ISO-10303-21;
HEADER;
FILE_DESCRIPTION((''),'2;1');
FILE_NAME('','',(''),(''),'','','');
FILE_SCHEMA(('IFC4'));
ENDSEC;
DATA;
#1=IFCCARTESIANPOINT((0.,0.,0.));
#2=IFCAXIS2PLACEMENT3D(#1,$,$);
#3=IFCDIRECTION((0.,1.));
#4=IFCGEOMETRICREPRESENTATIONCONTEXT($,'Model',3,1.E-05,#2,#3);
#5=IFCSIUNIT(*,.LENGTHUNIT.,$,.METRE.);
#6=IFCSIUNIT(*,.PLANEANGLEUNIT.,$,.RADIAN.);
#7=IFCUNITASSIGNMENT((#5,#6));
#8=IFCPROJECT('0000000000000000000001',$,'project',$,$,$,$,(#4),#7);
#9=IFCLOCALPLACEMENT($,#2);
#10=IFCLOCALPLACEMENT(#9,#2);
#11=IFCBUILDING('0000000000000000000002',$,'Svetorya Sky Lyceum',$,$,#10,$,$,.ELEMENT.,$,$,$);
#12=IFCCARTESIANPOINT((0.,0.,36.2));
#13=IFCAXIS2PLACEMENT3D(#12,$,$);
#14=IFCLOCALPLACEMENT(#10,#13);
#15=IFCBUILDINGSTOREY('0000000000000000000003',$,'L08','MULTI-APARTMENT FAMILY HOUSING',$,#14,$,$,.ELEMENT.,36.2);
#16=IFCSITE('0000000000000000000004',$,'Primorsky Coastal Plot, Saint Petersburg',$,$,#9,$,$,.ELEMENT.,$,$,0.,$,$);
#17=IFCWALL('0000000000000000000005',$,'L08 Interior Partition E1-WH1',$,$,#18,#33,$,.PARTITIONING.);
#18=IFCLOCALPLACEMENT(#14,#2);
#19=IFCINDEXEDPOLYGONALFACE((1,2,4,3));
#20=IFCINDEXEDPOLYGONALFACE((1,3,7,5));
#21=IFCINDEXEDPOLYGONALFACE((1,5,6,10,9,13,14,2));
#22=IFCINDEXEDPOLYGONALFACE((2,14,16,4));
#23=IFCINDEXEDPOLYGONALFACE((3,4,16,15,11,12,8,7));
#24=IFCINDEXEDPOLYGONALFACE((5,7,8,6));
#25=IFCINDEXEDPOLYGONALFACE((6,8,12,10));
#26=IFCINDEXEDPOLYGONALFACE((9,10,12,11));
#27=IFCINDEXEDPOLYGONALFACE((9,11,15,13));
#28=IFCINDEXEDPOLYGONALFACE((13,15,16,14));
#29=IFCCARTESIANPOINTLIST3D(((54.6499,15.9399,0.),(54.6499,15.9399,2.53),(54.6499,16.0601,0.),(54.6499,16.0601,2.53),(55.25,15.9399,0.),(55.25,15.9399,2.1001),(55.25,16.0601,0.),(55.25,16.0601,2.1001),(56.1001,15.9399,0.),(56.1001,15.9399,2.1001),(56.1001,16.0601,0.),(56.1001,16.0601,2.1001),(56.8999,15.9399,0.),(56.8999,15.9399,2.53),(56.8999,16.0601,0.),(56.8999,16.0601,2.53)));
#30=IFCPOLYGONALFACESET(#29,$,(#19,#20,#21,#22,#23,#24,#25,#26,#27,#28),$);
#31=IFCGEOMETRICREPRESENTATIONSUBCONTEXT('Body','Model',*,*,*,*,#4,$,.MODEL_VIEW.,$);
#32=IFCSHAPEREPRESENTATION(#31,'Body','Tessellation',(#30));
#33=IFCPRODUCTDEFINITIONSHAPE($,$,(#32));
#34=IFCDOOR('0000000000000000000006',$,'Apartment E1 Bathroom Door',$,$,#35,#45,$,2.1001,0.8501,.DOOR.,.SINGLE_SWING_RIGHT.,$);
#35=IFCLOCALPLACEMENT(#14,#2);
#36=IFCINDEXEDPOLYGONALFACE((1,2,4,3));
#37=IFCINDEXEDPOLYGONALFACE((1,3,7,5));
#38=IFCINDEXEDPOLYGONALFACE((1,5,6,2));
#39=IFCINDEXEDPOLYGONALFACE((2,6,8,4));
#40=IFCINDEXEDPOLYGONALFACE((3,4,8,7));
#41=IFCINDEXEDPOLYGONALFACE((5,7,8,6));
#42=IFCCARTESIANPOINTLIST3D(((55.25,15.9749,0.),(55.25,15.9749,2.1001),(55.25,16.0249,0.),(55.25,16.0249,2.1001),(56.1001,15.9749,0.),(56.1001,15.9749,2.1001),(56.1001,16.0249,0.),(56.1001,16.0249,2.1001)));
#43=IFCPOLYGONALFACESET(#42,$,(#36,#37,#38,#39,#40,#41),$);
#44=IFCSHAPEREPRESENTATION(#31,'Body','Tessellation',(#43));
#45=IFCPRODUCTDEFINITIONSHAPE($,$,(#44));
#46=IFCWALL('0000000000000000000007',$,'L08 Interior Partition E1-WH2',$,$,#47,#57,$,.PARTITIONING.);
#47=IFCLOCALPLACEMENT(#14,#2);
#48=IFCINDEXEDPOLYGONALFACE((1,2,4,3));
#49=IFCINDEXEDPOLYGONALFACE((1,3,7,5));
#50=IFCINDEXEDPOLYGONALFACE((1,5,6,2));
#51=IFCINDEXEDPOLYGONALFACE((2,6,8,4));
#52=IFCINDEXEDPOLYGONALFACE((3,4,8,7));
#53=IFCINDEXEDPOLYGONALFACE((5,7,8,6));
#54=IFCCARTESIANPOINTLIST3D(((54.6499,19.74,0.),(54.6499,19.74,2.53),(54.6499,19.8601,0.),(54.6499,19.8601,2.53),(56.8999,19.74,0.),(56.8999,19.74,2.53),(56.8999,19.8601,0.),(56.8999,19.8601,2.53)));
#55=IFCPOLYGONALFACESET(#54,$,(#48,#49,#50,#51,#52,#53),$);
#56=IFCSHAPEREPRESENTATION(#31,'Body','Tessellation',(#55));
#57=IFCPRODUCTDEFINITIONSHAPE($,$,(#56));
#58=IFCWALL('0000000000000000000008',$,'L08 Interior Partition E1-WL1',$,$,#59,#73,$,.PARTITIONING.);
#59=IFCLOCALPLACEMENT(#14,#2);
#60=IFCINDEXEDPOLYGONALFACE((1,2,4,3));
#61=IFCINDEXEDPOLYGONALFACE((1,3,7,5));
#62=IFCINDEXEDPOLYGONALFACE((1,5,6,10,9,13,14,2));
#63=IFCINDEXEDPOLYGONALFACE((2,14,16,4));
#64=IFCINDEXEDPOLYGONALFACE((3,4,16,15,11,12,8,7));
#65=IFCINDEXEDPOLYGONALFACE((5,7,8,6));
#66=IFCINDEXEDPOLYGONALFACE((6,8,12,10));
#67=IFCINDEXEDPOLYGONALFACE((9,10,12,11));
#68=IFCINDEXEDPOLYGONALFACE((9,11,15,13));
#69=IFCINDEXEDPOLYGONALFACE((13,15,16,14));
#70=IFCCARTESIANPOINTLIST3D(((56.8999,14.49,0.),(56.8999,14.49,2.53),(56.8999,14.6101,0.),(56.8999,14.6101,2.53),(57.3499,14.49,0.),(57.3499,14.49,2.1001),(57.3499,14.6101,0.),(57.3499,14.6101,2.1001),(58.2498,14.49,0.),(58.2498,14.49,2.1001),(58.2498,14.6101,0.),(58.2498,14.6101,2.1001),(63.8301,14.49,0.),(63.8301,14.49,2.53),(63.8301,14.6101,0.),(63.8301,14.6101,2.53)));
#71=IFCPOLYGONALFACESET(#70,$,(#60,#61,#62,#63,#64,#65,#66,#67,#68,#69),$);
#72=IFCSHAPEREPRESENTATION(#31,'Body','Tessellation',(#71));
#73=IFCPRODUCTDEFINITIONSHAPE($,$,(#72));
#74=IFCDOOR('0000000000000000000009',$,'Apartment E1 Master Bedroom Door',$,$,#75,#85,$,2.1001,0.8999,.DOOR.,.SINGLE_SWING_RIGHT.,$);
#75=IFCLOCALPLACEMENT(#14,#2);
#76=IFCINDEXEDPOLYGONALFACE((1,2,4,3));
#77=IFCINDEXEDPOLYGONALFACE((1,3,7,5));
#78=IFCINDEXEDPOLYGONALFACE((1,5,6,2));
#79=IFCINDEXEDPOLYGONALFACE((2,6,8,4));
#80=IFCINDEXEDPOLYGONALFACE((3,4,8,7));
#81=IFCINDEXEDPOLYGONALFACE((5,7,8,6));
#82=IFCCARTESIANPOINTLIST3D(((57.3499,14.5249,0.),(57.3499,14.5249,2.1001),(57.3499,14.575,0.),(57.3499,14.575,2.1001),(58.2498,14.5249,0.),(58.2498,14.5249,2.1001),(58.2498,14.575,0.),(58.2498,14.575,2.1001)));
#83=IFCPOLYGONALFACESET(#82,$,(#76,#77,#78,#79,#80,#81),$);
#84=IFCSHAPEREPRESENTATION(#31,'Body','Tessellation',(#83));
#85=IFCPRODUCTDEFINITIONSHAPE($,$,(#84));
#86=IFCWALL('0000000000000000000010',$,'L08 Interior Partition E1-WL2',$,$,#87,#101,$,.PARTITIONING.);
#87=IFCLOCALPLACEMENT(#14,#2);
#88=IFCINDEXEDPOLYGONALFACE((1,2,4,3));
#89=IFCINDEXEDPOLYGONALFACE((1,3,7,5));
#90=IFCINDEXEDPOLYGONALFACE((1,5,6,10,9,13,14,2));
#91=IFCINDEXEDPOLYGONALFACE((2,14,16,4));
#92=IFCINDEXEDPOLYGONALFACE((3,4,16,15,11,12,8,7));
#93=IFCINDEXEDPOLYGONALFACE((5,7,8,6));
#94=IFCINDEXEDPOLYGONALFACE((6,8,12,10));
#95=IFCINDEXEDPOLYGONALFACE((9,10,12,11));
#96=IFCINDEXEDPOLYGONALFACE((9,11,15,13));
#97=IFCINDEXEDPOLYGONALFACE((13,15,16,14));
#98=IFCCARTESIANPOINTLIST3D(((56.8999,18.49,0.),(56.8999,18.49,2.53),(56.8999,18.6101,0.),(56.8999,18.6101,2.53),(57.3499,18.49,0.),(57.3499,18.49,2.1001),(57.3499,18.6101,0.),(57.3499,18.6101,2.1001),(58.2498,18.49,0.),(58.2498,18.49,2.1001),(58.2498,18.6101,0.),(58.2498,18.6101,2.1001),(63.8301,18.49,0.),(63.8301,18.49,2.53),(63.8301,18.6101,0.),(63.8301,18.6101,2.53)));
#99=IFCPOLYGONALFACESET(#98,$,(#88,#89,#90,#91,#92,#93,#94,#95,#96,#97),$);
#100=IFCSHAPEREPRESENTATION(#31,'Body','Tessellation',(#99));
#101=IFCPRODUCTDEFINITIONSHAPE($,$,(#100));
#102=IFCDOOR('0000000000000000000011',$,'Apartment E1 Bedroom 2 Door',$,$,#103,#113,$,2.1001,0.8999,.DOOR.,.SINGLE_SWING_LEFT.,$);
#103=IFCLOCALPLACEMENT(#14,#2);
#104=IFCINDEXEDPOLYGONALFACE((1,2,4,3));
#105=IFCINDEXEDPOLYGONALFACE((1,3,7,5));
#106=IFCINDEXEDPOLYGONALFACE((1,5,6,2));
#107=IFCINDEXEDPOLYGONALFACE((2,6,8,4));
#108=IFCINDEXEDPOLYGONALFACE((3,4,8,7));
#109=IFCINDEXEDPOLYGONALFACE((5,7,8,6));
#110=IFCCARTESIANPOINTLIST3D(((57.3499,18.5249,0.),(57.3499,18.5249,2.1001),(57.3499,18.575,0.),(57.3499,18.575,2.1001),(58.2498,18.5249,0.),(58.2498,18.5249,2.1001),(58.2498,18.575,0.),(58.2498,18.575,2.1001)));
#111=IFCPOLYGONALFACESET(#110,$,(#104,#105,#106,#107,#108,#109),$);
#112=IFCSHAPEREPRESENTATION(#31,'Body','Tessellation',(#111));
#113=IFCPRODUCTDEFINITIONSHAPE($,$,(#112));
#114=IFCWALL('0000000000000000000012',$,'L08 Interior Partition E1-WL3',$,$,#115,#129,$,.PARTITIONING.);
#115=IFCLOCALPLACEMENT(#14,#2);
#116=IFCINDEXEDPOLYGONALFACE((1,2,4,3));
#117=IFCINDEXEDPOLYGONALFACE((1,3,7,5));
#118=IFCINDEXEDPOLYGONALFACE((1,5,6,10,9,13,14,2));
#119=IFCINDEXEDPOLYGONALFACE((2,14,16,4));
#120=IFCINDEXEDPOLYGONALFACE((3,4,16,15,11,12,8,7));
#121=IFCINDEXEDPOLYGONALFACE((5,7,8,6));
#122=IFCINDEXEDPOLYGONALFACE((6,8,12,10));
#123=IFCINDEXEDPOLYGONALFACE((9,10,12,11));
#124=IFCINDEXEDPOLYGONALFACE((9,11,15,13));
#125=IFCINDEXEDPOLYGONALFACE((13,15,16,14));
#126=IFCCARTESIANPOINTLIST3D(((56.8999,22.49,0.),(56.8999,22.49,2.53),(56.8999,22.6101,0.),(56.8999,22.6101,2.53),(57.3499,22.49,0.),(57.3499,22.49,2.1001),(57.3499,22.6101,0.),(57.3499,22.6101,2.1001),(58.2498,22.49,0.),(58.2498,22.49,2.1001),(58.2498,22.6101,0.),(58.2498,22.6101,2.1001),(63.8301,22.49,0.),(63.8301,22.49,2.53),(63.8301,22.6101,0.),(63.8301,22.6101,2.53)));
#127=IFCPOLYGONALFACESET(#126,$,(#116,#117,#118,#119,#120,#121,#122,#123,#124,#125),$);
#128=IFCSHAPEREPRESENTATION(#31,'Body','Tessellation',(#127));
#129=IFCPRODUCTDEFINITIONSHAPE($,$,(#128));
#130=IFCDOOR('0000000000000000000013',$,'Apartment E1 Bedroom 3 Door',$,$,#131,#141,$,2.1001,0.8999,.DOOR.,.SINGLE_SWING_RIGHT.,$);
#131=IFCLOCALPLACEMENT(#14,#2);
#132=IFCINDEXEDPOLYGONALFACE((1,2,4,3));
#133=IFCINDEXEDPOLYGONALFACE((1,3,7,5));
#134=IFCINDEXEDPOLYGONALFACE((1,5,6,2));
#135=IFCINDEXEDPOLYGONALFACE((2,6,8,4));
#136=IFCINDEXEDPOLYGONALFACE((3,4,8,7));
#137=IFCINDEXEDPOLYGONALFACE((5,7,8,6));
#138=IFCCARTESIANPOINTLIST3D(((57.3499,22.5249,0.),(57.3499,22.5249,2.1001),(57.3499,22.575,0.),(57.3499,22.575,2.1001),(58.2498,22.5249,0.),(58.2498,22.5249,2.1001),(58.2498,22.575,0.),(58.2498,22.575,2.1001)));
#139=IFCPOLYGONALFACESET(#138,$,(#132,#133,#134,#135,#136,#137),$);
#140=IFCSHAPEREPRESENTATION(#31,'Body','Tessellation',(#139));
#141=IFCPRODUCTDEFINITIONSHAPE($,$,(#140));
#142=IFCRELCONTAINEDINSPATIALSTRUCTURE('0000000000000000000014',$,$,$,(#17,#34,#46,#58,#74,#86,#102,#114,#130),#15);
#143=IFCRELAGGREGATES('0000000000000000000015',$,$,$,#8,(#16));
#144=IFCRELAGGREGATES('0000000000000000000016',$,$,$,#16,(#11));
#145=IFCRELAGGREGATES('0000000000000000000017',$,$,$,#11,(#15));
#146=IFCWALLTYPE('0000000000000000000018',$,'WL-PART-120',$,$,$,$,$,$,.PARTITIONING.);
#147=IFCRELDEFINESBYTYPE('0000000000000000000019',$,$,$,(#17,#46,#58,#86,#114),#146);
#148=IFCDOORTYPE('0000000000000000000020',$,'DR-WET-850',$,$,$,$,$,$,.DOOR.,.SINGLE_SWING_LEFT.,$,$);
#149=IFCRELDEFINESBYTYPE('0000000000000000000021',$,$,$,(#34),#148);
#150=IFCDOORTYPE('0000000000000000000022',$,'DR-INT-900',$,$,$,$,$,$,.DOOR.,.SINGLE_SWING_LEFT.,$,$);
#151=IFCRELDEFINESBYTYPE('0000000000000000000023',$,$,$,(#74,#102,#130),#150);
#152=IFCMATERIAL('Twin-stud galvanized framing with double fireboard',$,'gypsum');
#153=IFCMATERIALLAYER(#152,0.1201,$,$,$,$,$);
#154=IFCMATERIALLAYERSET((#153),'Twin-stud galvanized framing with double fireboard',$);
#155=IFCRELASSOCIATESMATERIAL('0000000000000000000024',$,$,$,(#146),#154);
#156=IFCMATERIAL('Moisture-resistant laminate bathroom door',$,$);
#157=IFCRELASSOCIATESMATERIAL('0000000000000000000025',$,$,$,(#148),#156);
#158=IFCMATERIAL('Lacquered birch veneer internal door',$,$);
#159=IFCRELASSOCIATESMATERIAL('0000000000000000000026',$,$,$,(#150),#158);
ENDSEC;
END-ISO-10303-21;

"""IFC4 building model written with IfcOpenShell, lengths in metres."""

from ifc_helpers import new_model, si_unit, direction, frame, frame_2d, origin, place, context, subcontext, project, spatial, rectangle, extrude, material, layer, layer_set, type_object, element, fill, save


model = new_model("IFC4")

# Units and contexts
model_context = context("Model", 3, precision=1e-05, world=origin(), true_north=direction((0.0, 1.0)))
body_context = subcontext(model_context, "Body", "Model", "MODEL_VIEW")
ifc_project = project(units=[si_unit("LENGTHUNIT", "METRE"), si_unit("PLANEANGLEUNIT", "RADIAN")], contexts=[model_context])

# Site, building, storey
site_placement = place(None, origin())
site = spatial("IfcSite", under=ifc_project, at=site_placement, Name="Primorsky Coastal Plot, Saint Petersburg", CompositionType="ELEMENT", RefElevation=0.0)
building_placement = place(site_placement, origin())
building = spatial("IfcBuilding", under=site, at=building_placement, Name="Svetorya Sky Lyceum", CompositionType="ELEMENT")
storey_placement = place(building_placement, frame((0.0, 0.0, 36.2)))
storey = spatial("IfcBuildingStorey", under=building, at=storey_placement, Name="L08", Description="MULTI-APARTMENT FAMILY HOUSING", CompositionType="ELEMENT", Elevation=36.2)

# Wall, opening, door
ifc_material_1 = material(Name="Twin-stud galvanized framing with double fireboard", Category="gypsum")
ifc_layer_1 = layer(ifc_material_1, 0.1201)
ifc_layer_set_1 = layer_set([ifc_layer_1], Name="Twin-stud galvanized framing with double fireboard")
wall_type_1 = type_object("IfcWallType", Name="WL-PART-120", PredefinedType="PARTITIONING", material=ifc_layer_set_1)
wall_1_placement = place(storey_placement, frame((54.6499, 16.0, 0.0), z_axis=(0.0, 0.0, 1.0), x_axis=(1.0, 0.0, 0.0)))
wall_1 = element("IfcWall", 1, at=wall_1_placement, inside=storey, type_object=wall_type_1, Name="L08 Interior Partition E1-WH1", PredefinedType="PARTITIONING", context=body_context, shape_type="SweptSolid", body=[
    extrude(rectangle(XDim=2.25, YDim=0.1201, at=frame_2d((1.125, 0.0))), origin(), (0.0, 0.0, 1.0), 2.53),
])
opening_1_placement = place(wall_1_placement, frame((0.6001, 0.0, 0.0)))
opening_1 = element("IfcOpeningElement", 2, at=opening_1_placement, cuts=wall_1, PredefinedType="OPENING", context=body_context, shape_type="SweptSolid", body=[
    extrude(rectangle(XDim=0.8501, YDim=2.1001, at=frame_2d((0.425, 1.05))), frame((0.0, 0.0701, 0.0), z_axis=(0.0, -1.0, 0.0), x_axis=(1.0, 0.0, 0.0)), (0.0, 0.0, 1.0), 0.1401),
])
ifc_material_2 = material(Name="Moisture-resistant laminate bathroom door")
door_type_1 = type_object("IfcDoorType", Name="DR-WET-850", OperationType="SINGLE_SWING_LEFT", PredefinedType="DOOR", material=ifc_material_2)
door_1_placement = place(opening_1_placement, origin())
door_1 = element("IfcDoor", 3, at=door_1_placement, inside=storey, type_object=door_type_1, Name="Apartment E1 Bathroom Door", OperationType="SINGLE_SWING_RIGHT", OverallHeight=2.1001, OverallWidth=0.8501, PredefinedType="DOOR", context=body_context, shape_type="SweptSolid", body=[
    extrude(rectangle(XDim=0.8501, YDim=2.1001, at=frame_2d((0.425, 1.05))), frame((0.0, 0.0249, 0.0), z_axis=(0.0, -1.0, 0.0), x_axis=(1.0, 0.0, 0.0)), (0.0, 0.0, 1.0), 0.05),
])
fill(opening_1, door_1)

# Wall
wall_2_placement = place(storey_placement, frame((54.6499, 19.8, 0.0), z_axis=(0.0, 0.0, 1.0), x_axis=(1.0, 0.0, 0.0)))
element("IfcWall", 4, at=wall_2_placement, inside=storey, type_object=wall_type_1, Name="L08 Interior Partition E1-WH2", PredefinedType="PARTITIONING", context=body_context, shape_type="SweptSolid", body=[
    extrude(rectangle(XDim=2.25, YDim=0.1201, at=frame_2d((1.125, 0.0))), origin(), (0.0, 0.0, 1.0), 2.53),
])

# Walls, openings, doors
wall_3_placement = place(storey_placement, frame((56.8999, 14.55, 0.0), z_axis=(0.0, 0.0, 1.0), x_axis=(1.0, 0.0, 0.0)))
wall_3 = element("IfcWall", 5, at=wall_3_placement, inside=storey, type_object=wall_type_1, Name="L08 Interior Partition E1-WL1", PredefinedType="PARTITIONING", context=body_context, shape_type="SweptSolid", body=[
    extrude(rectangle(XDim=6.9302, YDim=0.1201, at=frame_2d((3.4651, 0.0))), origin(), (0.0, 0.0, 1.0), 2.53),
])
opening_2_placement = place(wall_3_placement, frame((0.45, 0.0, 0.0)))
opening_2 = element("IfcOpeningElement", 6, at=opening_2_placement, cuts=wall_3, PredefinedType="OPENING", context=body_context, shape_type="SweptSolid", body=[
    extrude(rectangle(XDim=0.8999, YDim=2.1001, at=frame_2d((0.45, 1.05))), frame((0.0, 0.0701, 0.0), z_axis=(0.0, -1.0, 0.0), x_axis=(1.0, 0.0, 0.0)), (0.0, 0.0, 1.0), 0.1401),
])
ifc_material_3 = material(Name="Lacquered birch veneer internal door")
door_type_2 = type_object("IfcDoorType", Name="DR-INT-900", OperationType="SINGLE_SWING_LEFT", PredefinedType="DOOR", material=ifc_material_3)
door_2_placement = place(opening_2_placement, origin())
door_2 = element("IfcDoor", 7, at=door_2_placement, inside=storey, type_object=door_type_2, Name="Apartment E1 Master Bedroom Door", OperationType="SINGLE_SWING_RIGHT", OverallHeight=2.1001, OverallWidth=0.8999, PredefinedType="DOOR", context=body_context, shape_type="SweptSolid", body=[
    extrude(rectangle(XDim=0.8999, YDim=2.1001, at=frame_2d((0.45, 1.05))), frame((0.0, 0.0249, 0.0), z_axis=(0.0, -1.0, 0.0), x_axis=(1.0, 0.0, 0.0)), (0.0, 0.0, 1.0), 0.05),
])
fill(opening_2, door_2)
wall_4_placement = place(storey_placement, frame((56.8999, 18.55, 0.0), z_axis=(0.0, 0.0, 1.0), x_axis=(1.0, 0.0, 0.0)))
wall_4 = element("IfcWall", 8, at=wall_4_placement, inside=storey, type_object=wall_type_1, Name="L08 Interior Partition E1-WL2", PredefinedType="PARTITIONING", context=body_context, shape_type="SweptSolid", body=[
    extrude(rectangle(XDim=6.9302, YDim=0.1201, at=frame_2d((3.4651, 0.0))), origin(), (0.0, 0.0, 1.0), 2.53),
])
opening_3_placement = place(wall_4_placement, frame((0.45, 0.0, 0.0)))
opening_3 = element("IfcOpeningElement", 9, at=opening_3_placement, cuts=wall_4, PredefinedType="OPENING", context=body_context, shape_type="SweptSolid", body=[
    extrude(rectangle(XDim=0.8999, YDim=2.1001, at=frame_2d((0.45, 1.05))), frame((0.0, 0.0701, 0.0), z_axis=(0.0, -1.0, 0.0), x_axis=(1.0, 0.0, 0.0)), (0.0, 0.0, 1.0), 0.1401),
])
door_3_placement = place(opening_3_placement, origin())
door_3 = element("IfcDoor", 10, at=door_3_placement, inside=storey, type_object=door_type_2, Name="Apartment E1 Bedroom 2 Door", OperationType="SINGLE_SWING_LEFT", OverallHeight=2.1001, OverallWidth=0.8999, PredefinedType="DOOR", context=body_context, shape_type="SweptSolid", body=[
    extrude(rectangle(XDim=0.8999, YDim=2.1001, at=frame_2d((0.45, 1.05))), frame((0.0, 0.0249, 0.0), z_axis=(0.0, -1.0, 0.0), x_axis=(1.0, 0.0, 0.0)), (0.0, 0.0, 1.0), 0.05),
])
fill(opening_3, door_3)
wall_5_placement = place(storey_placement, frame((56.8999, 22.55, 0.0), z_axis=(0.0, 0.0, 1.0), x_axis=(1.0, 0.0, 0.0)))
wall_5 = element("IfcWall", 11, at=wall_5_placement, inside=storey, type_object=wall_type_1, Name="L08 Interior Partition E1-WL3", PredefinedType="PARTITIONING", context=body_context, shape_type="SweptSolid", body=[
    extrude(rectangle(XDim=6.9302, YDim=0.1201, at=frame_2d((3.4651, 0.0))), origin(), (0.0, 0.0, 1.0), 2.53),
])
opening_4_placement = place(wall_5_placement, frame((0.45, 0.0, 0.0)))
opening_4 = element("IfcOpeningElement", 12, at=opening_4_placement, cuts=wall_5, PredefinedType="OPENING", context=body_context, shape_type="SweptSolid", body=[
    extrude(rectangle(XDim=0.8999, YDim=2.1001, at=frame_2d((0.45, 1.05))), frame((0.0, 0.0701, 0.0), z_axis=(0.0, -1.0, 0.0), x_axis=(1.0, 0.0, 0.0)), (0.0, 0.0, 1.0), 0.1401),
])
door_4_placement = place(opening_4_placement, origin())
door_4 = element("IfcDoor", 13, at=door_4_placement, inside=storey, type_object=door_type_2, Name="Apartment E1 Bedroom 3 Door", OperationType="SINGLE_SWING_RIGHT", OverallHeight=2.1001, OverallWidth=0.8999, PredefinedType="DOOR", context=body_context, shape_type="SweptSolid", body=[
    extrude(rectangle(XDim=0.8999, YDim=2.1001, at=frame_2d((0.45, 1.05))), frame((0.0, 0.0249, 0.0), z_axis=(0.0, -1.0, 0.0), x_axis=(1.0, 0.0, 0.0)), (0.0, 0.0, 1.0), 0.05),
])
fill(opening_4, door_4)

save(model, "model.ifc")
